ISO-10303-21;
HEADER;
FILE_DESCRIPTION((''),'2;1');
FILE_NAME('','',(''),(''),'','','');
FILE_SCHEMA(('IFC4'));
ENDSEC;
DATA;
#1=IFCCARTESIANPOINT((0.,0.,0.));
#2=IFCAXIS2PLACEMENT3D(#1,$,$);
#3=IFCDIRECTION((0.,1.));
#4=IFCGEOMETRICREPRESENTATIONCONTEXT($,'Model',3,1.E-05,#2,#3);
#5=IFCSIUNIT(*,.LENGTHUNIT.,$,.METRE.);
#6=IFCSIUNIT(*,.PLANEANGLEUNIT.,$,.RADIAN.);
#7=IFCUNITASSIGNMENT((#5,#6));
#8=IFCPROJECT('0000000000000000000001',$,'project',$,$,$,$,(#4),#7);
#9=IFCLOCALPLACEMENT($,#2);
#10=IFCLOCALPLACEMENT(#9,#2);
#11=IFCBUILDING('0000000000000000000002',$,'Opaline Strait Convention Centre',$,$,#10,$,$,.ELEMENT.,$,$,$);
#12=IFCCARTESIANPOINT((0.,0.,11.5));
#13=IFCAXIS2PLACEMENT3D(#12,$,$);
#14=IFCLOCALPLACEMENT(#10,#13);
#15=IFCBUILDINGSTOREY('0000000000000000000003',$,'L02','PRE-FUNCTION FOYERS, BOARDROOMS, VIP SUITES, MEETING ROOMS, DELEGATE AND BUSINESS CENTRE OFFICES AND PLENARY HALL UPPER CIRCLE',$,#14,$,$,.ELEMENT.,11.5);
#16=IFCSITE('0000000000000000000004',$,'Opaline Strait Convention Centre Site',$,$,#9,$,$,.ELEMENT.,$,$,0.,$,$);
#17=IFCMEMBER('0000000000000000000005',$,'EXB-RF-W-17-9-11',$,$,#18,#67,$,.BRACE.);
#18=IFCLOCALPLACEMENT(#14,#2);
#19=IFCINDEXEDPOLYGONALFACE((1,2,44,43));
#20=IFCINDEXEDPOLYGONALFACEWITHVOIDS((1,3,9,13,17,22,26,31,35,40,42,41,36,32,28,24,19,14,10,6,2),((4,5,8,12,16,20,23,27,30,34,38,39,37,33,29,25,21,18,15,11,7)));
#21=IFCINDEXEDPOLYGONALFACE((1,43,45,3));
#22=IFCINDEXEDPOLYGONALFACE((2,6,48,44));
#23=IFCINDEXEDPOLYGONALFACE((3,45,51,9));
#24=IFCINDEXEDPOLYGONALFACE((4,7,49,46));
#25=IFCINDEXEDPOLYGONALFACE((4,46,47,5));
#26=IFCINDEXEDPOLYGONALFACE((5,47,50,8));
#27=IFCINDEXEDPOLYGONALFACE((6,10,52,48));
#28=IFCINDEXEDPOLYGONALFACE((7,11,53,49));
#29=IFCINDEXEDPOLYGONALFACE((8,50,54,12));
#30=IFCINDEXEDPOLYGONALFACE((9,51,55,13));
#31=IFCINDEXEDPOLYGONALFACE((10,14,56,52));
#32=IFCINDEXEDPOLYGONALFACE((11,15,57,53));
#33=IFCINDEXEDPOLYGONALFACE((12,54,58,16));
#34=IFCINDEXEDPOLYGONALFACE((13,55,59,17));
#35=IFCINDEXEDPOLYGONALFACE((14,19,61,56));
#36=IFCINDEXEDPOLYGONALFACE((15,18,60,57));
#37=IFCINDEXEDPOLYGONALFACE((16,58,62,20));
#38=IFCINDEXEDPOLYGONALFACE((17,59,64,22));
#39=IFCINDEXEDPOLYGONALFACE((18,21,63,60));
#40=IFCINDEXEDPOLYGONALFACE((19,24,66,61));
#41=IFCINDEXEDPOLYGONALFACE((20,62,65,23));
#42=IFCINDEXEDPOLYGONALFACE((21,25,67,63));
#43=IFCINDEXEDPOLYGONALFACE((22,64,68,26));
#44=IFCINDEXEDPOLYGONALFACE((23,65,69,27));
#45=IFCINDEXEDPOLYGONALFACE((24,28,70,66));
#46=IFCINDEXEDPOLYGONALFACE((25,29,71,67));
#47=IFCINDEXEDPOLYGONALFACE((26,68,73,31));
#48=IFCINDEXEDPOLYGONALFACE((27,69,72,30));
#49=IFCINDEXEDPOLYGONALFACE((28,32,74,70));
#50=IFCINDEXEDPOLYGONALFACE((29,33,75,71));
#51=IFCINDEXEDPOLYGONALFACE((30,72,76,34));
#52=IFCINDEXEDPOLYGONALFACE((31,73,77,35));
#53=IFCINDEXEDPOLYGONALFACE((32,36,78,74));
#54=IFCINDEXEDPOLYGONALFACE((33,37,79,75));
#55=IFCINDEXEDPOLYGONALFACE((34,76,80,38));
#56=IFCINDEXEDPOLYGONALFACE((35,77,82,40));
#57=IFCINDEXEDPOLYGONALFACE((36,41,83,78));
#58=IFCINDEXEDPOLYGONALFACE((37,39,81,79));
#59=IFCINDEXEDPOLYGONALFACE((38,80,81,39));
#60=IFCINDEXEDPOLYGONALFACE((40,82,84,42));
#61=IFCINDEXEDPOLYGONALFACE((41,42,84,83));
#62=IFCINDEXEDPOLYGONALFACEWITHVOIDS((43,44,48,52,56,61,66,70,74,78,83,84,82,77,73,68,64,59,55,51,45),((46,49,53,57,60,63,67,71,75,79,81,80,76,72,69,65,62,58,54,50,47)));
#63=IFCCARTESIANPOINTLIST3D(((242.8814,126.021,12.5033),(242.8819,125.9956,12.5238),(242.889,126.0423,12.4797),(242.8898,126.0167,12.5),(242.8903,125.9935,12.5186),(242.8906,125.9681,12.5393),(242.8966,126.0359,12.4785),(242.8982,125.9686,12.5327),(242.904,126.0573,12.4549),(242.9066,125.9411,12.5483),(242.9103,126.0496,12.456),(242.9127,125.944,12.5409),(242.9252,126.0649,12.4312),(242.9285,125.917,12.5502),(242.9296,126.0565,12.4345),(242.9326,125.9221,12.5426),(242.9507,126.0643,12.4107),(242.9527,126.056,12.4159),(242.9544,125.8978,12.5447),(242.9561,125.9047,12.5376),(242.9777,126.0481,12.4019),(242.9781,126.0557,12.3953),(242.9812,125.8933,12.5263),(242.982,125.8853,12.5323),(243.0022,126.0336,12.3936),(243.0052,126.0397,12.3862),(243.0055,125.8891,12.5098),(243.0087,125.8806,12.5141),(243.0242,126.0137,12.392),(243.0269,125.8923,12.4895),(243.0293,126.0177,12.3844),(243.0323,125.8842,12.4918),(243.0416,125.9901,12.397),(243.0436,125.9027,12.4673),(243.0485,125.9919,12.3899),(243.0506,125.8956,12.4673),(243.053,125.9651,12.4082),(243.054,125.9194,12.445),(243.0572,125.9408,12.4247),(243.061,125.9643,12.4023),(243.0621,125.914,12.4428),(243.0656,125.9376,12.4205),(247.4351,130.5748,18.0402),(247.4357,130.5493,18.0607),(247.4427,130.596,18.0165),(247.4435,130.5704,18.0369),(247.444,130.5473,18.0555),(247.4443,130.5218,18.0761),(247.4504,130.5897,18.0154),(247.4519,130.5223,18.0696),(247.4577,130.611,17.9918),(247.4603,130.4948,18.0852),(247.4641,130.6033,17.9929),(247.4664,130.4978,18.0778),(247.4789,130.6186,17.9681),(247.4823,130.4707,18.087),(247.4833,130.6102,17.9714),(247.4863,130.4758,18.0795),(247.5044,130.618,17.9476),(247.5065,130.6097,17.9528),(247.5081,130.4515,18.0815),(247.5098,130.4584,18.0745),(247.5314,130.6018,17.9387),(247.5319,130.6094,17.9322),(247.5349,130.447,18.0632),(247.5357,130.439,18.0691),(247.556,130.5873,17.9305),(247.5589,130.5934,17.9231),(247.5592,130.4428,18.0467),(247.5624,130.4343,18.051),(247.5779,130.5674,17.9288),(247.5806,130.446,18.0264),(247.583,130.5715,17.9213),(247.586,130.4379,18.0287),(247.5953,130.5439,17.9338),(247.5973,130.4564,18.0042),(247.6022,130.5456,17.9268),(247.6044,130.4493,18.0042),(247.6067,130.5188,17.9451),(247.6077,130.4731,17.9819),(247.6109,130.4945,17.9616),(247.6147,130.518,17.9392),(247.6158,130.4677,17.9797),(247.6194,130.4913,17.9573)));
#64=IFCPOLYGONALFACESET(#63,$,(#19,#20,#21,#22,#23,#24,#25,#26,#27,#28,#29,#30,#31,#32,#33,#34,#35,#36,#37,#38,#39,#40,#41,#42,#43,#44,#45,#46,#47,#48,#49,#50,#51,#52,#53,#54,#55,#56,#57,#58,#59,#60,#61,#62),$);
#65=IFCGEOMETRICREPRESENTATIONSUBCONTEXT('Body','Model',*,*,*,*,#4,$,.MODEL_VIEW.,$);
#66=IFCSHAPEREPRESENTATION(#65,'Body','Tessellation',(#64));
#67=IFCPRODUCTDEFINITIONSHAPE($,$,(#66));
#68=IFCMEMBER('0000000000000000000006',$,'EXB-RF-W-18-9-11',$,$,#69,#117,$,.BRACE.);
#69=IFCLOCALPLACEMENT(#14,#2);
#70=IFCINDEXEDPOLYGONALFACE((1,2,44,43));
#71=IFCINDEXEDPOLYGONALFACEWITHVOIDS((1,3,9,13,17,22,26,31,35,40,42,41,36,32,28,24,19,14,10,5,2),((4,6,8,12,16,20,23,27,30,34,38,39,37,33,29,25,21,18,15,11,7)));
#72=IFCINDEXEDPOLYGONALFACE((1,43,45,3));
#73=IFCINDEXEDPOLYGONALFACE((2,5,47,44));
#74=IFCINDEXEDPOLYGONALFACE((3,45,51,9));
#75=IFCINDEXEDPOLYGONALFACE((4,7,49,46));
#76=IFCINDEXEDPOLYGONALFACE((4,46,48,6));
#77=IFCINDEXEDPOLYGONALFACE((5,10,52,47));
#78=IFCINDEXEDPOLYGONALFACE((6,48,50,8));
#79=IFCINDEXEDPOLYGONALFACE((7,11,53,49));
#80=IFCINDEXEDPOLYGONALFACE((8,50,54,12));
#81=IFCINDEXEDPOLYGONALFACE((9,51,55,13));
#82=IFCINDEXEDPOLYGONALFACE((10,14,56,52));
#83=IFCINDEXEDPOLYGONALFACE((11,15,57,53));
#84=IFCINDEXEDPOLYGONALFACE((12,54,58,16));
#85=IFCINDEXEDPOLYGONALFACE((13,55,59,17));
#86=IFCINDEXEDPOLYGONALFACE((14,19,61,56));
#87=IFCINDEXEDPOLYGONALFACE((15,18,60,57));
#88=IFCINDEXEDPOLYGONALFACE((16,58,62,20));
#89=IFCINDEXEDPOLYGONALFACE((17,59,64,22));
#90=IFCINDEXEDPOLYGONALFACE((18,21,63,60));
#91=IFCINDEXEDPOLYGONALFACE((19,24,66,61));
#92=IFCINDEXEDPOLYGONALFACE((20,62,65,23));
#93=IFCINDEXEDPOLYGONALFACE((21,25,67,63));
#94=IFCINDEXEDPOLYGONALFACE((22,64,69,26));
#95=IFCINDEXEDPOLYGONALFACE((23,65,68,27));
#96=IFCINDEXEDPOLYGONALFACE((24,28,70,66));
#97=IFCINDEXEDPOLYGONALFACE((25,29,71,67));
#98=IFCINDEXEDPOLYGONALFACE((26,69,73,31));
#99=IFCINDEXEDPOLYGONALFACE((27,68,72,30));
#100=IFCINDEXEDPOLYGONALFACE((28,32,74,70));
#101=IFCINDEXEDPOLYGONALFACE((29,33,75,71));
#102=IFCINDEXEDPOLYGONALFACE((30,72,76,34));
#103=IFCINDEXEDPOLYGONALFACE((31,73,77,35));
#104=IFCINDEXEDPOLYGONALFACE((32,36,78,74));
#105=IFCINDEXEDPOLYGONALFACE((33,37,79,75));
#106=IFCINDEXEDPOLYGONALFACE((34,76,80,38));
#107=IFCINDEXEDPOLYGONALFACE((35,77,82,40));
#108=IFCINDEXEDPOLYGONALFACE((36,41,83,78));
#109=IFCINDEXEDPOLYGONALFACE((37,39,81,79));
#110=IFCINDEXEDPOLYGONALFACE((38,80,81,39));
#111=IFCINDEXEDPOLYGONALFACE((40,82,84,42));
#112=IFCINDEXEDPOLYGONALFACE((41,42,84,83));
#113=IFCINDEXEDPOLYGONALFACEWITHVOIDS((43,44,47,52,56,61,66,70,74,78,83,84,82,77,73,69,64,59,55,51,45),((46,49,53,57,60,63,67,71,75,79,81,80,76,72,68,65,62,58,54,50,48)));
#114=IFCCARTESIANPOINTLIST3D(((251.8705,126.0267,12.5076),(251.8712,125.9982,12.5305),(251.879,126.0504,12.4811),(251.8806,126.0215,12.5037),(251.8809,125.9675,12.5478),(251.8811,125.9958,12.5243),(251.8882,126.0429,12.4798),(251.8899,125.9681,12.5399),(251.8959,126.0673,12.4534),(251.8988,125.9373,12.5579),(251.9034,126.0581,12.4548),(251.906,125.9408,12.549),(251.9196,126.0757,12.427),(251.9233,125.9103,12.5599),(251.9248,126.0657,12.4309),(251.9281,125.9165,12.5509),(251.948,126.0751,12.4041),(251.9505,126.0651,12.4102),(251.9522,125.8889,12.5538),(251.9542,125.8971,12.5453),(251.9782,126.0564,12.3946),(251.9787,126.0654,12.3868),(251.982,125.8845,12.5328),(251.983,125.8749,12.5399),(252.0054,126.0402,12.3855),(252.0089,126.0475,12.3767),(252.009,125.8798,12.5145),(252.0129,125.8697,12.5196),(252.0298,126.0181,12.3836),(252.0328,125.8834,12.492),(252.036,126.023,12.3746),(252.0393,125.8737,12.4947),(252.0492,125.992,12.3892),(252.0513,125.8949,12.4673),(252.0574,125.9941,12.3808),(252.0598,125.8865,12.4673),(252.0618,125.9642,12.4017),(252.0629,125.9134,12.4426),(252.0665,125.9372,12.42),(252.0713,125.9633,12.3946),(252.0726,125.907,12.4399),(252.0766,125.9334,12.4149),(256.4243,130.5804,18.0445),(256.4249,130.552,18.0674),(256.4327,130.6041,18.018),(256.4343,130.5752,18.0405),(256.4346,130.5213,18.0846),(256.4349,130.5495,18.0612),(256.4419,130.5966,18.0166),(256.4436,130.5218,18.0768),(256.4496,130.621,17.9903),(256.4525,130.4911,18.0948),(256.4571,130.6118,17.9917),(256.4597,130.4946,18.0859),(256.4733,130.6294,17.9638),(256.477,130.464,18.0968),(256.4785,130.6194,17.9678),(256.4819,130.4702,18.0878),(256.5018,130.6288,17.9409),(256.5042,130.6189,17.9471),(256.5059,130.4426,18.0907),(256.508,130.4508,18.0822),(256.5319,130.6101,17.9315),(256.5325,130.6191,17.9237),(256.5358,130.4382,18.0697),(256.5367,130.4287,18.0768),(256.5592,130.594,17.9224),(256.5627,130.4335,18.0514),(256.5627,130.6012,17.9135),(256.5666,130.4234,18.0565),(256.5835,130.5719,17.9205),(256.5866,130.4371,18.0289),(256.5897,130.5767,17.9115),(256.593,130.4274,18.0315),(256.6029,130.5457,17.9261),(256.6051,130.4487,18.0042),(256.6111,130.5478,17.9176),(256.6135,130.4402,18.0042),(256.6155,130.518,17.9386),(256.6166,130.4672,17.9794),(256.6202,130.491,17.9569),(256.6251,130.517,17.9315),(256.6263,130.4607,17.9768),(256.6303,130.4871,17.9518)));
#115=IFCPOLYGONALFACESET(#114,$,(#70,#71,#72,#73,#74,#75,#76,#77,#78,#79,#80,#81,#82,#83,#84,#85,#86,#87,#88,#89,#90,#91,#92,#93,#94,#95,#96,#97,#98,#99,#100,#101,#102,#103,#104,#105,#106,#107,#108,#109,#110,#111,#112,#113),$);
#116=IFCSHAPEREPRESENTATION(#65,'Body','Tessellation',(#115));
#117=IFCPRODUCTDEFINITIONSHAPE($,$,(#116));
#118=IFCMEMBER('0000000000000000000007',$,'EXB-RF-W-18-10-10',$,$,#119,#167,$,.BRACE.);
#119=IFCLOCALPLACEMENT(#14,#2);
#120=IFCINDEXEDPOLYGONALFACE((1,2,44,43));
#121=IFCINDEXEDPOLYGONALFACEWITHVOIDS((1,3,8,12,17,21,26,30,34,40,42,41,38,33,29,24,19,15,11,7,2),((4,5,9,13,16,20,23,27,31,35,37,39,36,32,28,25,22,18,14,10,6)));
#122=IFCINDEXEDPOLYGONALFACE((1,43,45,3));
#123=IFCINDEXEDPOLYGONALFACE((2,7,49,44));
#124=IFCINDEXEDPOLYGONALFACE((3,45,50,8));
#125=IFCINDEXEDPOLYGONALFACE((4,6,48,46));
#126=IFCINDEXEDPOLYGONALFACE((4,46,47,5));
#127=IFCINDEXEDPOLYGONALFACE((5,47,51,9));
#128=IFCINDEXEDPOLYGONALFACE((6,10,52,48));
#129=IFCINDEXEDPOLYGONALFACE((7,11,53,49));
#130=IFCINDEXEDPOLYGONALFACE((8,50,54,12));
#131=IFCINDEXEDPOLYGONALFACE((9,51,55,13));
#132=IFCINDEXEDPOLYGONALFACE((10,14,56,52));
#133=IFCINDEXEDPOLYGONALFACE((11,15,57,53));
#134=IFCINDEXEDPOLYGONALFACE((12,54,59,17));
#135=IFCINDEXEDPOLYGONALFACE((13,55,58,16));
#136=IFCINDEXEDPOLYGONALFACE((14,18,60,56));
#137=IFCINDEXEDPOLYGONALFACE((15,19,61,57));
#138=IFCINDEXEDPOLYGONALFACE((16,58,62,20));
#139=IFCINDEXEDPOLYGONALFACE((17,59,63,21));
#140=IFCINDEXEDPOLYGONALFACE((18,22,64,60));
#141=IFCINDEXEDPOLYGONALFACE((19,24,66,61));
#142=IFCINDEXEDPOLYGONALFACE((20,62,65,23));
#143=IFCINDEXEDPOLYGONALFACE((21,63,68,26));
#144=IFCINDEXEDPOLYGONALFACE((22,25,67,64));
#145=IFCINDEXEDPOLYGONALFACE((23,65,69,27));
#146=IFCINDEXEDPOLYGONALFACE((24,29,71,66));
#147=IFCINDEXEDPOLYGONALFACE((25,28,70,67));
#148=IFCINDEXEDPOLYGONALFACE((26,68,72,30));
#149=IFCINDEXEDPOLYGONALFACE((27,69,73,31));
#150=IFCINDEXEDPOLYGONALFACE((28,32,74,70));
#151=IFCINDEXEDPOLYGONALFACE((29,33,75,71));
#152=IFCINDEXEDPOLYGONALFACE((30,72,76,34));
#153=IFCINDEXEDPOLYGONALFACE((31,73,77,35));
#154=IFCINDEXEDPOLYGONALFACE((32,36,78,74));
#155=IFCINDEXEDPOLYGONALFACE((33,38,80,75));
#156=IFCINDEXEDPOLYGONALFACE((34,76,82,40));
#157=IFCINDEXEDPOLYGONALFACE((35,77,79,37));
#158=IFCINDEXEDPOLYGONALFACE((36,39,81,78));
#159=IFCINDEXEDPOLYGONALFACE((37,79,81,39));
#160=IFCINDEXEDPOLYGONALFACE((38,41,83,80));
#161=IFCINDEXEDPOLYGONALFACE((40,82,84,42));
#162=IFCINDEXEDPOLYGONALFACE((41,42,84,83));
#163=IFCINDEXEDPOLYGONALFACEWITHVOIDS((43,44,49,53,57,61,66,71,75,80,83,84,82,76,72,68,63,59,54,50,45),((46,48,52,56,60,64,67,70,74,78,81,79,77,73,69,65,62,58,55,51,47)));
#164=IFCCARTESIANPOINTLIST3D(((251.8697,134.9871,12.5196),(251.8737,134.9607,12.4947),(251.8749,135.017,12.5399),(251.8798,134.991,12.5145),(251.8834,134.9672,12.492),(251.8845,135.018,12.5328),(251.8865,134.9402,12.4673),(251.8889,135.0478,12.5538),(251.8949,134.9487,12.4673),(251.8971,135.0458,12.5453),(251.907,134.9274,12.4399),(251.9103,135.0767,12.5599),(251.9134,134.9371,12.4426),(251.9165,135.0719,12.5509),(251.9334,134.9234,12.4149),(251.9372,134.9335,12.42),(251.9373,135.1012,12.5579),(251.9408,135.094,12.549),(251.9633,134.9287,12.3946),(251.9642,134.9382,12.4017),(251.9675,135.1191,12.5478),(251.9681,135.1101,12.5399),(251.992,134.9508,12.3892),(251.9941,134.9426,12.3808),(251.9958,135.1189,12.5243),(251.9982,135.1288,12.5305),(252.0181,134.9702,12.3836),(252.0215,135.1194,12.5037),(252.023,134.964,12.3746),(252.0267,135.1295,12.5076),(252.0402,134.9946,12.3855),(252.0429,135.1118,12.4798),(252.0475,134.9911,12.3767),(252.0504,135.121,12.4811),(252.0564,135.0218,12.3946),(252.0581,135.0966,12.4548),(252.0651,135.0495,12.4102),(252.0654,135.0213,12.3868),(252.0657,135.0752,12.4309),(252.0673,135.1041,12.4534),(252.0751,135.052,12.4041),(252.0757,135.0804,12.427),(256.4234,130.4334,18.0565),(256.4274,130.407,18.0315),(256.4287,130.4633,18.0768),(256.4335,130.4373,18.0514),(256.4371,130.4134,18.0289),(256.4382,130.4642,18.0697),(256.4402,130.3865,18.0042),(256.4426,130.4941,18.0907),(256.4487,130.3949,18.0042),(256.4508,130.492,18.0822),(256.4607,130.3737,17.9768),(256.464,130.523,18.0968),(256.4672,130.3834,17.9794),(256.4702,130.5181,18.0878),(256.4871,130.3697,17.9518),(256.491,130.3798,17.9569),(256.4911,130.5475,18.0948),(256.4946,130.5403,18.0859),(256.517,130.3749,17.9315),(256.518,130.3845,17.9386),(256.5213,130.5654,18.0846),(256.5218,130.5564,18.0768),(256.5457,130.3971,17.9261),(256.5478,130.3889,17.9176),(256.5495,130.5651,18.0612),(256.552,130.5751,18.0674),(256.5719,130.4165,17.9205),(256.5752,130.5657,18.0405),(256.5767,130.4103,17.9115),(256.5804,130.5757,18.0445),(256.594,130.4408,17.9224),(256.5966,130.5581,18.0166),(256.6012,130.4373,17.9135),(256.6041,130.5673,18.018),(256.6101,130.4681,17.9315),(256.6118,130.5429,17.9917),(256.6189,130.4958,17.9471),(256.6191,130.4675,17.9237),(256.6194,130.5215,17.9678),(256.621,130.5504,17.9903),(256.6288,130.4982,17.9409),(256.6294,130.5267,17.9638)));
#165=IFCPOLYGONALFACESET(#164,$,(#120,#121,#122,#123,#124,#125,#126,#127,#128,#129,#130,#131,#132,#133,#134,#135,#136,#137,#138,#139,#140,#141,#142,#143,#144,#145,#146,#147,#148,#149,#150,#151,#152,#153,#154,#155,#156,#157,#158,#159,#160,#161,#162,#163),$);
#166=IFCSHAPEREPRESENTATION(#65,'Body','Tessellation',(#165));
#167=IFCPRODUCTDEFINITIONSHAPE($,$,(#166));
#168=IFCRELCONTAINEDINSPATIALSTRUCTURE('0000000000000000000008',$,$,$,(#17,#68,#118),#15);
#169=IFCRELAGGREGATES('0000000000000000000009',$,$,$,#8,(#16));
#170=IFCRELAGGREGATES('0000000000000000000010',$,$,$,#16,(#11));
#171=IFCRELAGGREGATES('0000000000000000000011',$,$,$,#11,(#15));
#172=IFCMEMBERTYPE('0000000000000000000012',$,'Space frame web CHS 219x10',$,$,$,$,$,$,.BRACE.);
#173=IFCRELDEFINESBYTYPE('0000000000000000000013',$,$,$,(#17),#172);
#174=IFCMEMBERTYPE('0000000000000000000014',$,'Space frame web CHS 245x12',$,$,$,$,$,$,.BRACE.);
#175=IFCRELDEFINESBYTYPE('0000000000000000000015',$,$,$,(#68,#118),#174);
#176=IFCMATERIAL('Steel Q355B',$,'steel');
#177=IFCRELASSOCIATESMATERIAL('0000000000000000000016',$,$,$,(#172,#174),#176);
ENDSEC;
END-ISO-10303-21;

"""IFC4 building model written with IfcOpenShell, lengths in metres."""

from ifc_helpers import new_model, si_unit, direction, frame, origin, origin_2d, place, context, subcontext, project, spatial, hollow_circle, extrude, material, material_profile, profile_set, type_object, element, save


model = new_model("IFC4")

# Units and contexts
model_context = context("Model", 3, precision=1e-05, world=origin(), true_north=direction((0.0, 1.0)))
body_context = subcontext(model_context, "Body", "Model", "MODEL_VIEW")
ifc_project = project(units=[si_unit("LENGTHUNIT", "METRE"), si_unit("PLANEANGLEUNIT", "RADIAN")], contexts=[model_context])

# Site, building, storey
site_placement = place(None, origin())
site = spatial("IfcSite", under=ifc_project, at=site_placement, Name="Opaline Strait Convention Centre Site", CompositionType="ELEMENT", RefElevation=0.0)
building_placement = place(site_placement, origin())
building = spatial("IfcBuilding", under=site, at=building_placement, Name="Opaline Strait Convention Centre", CompositionType="ELEMENT")
storey_placement = place(building_placement, frame((0.0, 0.0, 11.5)))
storey = spatial("IfcBuildingStorey", under=building, at=storey_placement, Name="L02", Description="PRE-FUNCTION FOYERS, BOARDROOMS, VIP SUITES, MEETING ROOMS, DELEGATE AND BUSINESS CENTRE OFFICES AND PLENARY HALL UPPER CIRCLE", CompositionType="ELEMENT", Elevation=11.5)

# Members
ifc_material_1 = material(Name="Steel Q355B", Category="steel")
ifc_material_profile_1 = material_profile(ifc_material_1, hollow_circle(Radius=0.1096, WallThickness=0.01, at=origin_2d()), Name="CHS 219x10")
ifc_profile_set_1 = profile_set([ifc_material_profile_1], Name="Steel Q355B")
member_type_1 = type_object("IfcMemberType", Name="Space frame web CHS 219x10", PredefinedType="BRACE", material=ifc_profile_set_1)
member_1_placement = place(storey_placement, frame((247.5269, 130.5269, 18.0042), z_axis=(-0.536178, -0.536178, -0.65194), x_axis=(0.707107, -0.707107, 0.0)))
element("IfcMember", 1, at=member_1_placement, inside=storey, type_object=member_type_1, Name="EXB-RF-W-17-9-11", PredefinedType="BRACE", context=body_context, shape_type="SweptSolid", body=[
    extrude(hollow_circle(Radius=0.1096, WallThickness=0.01, at=origin_2d()), origin(), (0.0, 0.0, 1.0), 8.4929),
])
ifc_material_profile_2 = material_profile(ifc_material_1, hollow_circle(Radius=0.1226, WallThickness=0.012, at=origin_2d()), Name="CHS 245x12")
ifc_profile_set_2 = profile_set([ifc_material_profile_2], Name="Steel Q355B")
member_type_2 = type_object("IfcMemberType", Name="Space frame web CHS 245x12", PredefinedType="BRACE", material=ifc_profile_set_2)
for number, where, z_axis, x_axis, name in (
    (2, (256.5269, 130.5269, 18.0042), (-0.536178, -0.536178, -0.65194), (0.707107, -0.707107, 0.0), "EXB-RF-W-18-9-11"),
    (3, (256.5269, 130.4731, 18.0042), (-0.536178, 0.536178, -0.65194), (-0.707107, -0.707107, 0.0), "EXB-RF-W-18-10-10"),
):
    element("IfcMember", number, at=place(storey_placement, frame(where, z_axis=z_axis, x_axis=x_axis)), inside=storey, type_object=member_type_2, Name=name, PredefinedType="BRACE", context=body_context, shape_type="SweptSolid", body=[
        extrude(hollow_circle(Radius=0.1226, WallThickness=0.012, at=origin_2d()), origin(), (0.0, 0.0, 1.0), 8.4929),
    ])

save(model, "model.ifc")
